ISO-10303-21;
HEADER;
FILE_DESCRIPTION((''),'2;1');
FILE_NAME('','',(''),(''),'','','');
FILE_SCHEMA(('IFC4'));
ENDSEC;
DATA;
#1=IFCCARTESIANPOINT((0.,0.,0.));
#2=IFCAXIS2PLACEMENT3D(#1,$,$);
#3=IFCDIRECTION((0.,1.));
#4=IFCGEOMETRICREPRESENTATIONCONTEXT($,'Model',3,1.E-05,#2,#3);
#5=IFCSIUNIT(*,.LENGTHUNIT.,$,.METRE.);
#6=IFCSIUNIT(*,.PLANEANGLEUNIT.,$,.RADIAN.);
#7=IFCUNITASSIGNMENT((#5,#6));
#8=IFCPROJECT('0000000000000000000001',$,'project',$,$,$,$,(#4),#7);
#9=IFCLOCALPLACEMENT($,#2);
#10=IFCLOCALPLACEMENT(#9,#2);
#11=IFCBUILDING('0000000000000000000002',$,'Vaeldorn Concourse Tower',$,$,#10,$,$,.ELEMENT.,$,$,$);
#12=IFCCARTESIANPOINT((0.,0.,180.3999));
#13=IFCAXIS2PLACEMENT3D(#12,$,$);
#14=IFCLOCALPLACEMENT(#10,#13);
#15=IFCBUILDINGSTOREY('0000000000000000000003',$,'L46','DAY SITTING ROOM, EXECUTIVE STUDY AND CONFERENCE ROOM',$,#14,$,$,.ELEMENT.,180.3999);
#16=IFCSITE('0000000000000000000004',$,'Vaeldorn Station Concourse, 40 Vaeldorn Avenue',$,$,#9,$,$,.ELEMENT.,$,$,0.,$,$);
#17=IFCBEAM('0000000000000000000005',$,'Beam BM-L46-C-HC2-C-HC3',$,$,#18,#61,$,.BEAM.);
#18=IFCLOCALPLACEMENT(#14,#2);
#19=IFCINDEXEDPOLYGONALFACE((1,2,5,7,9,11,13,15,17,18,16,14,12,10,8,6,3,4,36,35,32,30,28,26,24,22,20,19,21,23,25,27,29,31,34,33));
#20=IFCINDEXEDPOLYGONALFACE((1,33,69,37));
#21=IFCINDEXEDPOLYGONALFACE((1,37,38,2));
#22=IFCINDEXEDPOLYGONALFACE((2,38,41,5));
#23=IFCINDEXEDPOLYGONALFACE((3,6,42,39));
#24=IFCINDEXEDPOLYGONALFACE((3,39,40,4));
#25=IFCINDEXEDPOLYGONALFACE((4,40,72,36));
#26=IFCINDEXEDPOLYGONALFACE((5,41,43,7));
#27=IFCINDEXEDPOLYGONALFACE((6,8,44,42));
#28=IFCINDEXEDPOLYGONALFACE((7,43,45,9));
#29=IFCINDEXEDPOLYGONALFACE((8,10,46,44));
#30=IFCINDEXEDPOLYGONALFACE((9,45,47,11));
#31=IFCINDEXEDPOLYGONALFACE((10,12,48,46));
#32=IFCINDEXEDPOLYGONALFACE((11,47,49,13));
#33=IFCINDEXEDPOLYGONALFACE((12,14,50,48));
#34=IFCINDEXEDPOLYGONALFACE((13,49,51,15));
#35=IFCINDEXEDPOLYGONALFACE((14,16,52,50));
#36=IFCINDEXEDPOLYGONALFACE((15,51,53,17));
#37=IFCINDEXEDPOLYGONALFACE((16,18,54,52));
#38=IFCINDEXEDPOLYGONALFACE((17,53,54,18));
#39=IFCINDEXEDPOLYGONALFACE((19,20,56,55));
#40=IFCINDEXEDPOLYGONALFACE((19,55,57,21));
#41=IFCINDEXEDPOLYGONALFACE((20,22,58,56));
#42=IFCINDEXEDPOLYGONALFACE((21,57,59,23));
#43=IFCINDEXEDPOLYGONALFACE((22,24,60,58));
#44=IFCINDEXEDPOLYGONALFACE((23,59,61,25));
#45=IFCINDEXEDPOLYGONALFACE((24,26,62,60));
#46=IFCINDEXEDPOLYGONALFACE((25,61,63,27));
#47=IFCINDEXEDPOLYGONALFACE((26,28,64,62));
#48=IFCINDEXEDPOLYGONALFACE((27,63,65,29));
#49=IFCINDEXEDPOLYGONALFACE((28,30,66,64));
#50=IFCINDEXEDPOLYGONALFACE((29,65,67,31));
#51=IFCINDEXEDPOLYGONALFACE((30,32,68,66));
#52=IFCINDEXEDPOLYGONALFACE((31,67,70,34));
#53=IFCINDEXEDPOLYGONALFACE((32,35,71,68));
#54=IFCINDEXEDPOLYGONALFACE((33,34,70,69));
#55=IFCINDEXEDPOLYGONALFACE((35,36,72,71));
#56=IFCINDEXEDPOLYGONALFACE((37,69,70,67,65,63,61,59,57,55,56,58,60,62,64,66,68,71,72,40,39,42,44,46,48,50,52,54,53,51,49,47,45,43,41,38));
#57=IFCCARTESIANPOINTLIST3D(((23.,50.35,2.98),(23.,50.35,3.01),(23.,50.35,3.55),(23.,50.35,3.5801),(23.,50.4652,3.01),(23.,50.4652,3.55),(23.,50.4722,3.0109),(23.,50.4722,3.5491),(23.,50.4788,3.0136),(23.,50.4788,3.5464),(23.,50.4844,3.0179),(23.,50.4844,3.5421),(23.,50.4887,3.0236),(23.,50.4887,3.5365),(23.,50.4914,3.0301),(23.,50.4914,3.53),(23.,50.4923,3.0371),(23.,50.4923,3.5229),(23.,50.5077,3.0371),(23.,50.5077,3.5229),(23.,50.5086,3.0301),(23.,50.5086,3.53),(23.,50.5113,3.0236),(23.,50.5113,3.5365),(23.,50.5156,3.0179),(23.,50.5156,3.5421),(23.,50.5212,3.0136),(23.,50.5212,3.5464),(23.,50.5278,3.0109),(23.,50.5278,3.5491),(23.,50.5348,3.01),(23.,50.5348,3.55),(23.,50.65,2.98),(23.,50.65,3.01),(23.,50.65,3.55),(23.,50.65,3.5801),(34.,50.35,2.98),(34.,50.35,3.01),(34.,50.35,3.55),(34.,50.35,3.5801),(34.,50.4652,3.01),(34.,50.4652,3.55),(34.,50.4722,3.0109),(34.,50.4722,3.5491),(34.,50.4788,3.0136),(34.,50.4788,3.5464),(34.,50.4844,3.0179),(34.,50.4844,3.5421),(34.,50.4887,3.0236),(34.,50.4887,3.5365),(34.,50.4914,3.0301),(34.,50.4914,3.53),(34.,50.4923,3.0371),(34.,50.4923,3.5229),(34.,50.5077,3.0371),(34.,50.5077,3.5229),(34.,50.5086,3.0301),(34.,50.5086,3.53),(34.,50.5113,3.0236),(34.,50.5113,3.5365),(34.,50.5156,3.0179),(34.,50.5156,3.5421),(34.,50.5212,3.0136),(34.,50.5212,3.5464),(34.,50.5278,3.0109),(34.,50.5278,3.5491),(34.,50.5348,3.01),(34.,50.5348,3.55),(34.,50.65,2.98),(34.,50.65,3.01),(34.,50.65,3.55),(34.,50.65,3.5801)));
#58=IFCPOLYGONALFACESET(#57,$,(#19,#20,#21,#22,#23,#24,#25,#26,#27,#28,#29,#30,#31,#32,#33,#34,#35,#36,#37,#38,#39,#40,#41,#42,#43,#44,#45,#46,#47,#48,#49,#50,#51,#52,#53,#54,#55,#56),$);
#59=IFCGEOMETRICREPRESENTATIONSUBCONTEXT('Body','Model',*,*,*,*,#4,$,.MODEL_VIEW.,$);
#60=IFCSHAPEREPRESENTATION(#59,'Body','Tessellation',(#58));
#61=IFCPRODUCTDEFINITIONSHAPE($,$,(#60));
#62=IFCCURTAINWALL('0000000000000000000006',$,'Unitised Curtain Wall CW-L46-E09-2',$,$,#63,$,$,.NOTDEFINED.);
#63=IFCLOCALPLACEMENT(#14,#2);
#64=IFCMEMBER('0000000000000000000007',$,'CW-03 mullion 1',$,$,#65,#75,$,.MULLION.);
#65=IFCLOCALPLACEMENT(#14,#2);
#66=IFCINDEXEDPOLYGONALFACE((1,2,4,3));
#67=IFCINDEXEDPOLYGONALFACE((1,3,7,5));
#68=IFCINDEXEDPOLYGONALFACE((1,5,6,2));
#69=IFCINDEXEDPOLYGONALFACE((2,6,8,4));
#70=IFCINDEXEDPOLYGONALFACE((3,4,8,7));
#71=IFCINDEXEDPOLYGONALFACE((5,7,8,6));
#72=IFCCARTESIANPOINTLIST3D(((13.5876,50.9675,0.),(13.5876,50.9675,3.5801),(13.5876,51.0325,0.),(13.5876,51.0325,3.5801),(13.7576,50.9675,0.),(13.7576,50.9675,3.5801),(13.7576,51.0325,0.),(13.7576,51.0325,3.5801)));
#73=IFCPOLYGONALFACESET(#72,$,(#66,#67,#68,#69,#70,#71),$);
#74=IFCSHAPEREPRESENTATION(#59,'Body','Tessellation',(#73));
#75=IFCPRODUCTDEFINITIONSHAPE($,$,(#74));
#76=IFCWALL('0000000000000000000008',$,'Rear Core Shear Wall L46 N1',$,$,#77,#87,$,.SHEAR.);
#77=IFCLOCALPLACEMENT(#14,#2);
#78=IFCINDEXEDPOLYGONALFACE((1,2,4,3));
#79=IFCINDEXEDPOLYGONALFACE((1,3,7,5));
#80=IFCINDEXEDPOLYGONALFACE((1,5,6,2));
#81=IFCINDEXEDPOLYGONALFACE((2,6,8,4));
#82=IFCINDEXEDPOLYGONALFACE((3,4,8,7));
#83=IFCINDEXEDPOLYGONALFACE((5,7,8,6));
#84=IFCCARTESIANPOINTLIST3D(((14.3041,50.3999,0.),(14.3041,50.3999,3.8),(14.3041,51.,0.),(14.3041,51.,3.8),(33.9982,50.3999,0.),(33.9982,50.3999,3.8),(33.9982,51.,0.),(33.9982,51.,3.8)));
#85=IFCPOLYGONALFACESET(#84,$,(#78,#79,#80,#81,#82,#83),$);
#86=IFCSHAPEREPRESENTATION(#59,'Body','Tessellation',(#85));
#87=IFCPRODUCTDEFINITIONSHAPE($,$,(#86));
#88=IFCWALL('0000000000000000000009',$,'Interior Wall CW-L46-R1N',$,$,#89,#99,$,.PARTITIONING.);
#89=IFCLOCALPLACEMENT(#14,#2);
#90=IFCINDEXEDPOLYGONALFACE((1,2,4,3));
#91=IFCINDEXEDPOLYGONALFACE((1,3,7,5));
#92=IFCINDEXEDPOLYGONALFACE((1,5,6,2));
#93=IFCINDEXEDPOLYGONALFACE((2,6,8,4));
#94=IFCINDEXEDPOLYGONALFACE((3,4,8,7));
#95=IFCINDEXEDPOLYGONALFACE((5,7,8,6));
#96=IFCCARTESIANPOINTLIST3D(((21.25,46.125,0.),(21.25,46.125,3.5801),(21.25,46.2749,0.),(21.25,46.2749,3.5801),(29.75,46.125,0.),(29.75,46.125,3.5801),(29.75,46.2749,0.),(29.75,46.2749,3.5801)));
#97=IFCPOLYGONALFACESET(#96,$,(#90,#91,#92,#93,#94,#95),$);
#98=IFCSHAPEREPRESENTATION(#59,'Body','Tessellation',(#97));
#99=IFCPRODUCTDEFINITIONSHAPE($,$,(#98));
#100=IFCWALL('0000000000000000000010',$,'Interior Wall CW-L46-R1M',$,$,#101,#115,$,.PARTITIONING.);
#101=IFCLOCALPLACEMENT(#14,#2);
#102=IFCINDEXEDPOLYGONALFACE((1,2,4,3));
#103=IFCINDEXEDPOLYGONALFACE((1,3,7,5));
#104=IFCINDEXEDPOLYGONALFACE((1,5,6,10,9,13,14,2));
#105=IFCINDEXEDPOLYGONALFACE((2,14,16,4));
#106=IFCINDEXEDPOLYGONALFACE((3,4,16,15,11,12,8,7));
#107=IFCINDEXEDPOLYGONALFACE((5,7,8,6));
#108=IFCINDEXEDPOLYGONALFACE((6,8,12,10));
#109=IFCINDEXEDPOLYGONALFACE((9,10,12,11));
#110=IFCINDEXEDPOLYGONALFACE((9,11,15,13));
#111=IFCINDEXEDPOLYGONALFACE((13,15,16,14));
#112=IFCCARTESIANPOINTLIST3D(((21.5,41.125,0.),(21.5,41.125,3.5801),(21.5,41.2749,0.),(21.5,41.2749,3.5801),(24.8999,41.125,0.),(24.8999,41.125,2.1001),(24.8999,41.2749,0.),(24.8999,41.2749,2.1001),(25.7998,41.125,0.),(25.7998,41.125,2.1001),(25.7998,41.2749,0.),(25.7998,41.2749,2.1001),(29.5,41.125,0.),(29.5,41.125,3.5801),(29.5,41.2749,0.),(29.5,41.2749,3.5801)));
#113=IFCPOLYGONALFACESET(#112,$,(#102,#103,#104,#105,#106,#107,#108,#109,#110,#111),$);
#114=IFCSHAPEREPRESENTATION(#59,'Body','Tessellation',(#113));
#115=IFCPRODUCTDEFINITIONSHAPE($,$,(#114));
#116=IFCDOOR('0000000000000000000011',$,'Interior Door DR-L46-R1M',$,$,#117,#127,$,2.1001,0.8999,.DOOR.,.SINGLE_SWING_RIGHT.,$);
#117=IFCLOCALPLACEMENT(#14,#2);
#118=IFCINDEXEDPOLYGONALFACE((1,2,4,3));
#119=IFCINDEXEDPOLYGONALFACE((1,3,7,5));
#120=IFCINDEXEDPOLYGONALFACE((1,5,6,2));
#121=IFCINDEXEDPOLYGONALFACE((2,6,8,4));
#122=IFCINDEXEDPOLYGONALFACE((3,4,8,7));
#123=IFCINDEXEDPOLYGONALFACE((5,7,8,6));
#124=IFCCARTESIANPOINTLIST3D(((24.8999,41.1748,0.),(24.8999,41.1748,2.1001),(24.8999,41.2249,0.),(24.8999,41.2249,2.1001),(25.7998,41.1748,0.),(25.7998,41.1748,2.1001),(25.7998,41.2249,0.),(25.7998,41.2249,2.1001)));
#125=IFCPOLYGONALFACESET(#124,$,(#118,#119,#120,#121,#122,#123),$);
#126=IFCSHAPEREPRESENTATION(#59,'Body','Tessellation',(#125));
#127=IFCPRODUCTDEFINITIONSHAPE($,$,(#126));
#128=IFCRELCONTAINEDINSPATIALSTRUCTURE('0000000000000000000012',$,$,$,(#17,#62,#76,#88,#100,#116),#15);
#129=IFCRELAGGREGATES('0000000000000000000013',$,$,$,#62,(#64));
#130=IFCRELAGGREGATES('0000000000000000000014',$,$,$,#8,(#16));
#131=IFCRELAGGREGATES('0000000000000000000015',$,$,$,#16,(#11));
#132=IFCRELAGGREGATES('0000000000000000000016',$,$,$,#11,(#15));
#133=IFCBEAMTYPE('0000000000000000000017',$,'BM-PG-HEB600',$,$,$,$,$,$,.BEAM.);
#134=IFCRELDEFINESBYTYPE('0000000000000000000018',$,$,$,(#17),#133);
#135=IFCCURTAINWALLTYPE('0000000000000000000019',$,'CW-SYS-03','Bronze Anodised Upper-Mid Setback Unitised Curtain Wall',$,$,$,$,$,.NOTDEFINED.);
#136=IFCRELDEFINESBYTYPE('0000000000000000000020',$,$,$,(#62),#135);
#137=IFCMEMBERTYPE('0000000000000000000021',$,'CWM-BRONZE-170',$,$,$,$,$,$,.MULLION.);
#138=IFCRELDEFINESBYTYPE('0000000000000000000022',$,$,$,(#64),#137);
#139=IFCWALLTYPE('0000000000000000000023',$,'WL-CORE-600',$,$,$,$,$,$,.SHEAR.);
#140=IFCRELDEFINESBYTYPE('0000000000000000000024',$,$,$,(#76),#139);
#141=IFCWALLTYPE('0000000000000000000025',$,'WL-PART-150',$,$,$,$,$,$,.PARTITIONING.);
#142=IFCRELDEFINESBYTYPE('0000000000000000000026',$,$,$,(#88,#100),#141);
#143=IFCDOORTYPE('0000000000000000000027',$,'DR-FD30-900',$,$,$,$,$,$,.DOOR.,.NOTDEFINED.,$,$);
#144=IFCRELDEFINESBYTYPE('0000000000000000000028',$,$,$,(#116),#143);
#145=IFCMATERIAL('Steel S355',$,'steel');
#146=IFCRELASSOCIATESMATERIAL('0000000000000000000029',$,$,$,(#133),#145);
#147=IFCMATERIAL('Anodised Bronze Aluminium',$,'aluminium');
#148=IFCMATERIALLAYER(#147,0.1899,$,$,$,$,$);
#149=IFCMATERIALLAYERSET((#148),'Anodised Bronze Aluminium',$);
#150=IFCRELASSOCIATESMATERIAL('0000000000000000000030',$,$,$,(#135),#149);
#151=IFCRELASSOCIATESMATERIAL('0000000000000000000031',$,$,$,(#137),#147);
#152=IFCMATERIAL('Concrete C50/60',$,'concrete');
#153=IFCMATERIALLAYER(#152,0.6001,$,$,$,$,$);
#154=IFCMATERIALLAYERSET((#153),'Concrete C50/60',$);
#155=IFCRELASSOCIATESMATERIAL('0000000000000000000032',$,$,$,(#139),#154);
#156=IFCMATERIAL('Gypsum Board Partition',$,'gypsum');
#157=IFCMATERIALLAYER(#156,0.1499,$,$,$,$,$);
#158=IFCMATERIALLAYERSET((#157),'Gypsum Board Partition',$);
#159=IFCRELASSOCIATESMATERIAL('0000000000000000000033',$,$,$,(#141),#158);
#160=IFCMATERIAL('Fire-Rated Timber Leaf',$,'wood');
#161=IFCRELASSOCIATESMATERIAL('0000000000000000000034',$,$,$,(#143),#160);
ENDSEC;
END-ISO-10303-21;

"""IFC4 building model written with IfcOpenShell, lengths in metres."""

from ifc_helpers import new_model, si_unit, direction, frame, frame_2d, origin, origin_2d, place, context, subcontext, project, spatial, rectangle, i_section, extrude, source, transform, mapped, material, layer, layer_set, material_profile, profile_set, type_object, element, fill, aggregate, save


model = new_model("IFC4")

# Units and contexts
model_context = context("Model", 3, precision=1e-05, world=origin(), true_north=direction((0.0, 1.0)))
body_context = subcontext(model_context, "Body", "Model", "MODEL_VIEW")
ifc_project = project(units=[si_unit("LENGTHUNIT", "METRE"), si_unit("PLANEANGLEUNIT", "RADIAN")], contexts=[model_context])

# Site, building, storey
site_placement = place(None, origin())
site = spatial("IfcSite", under=ifc_project, at=site_placement, Name="Vaeldorn Station Concourse, 40 Vaeldorn Avenue", CompositionType="ELEMENT", RefElevation=0.0)
building_placement = place(site_placement, origin())
building = spatial("IfcBuilding", under=site, at=building_placement, Name="Vaeldorn Concourse Tower", CompositionType="ELEMENT")
storey_placement = place(building_placement, frame((0.0, 0.0, 180.3999)))
storey = spatial("IfcBuildingStorey", under=building, at=storey_placement, Name="L46", Description="DAY SITTING ROOM, EXECUTIVE STUDY AND CONFERENCE ROOM", CompositionType="ELEMENT", Elevation=180.3999)

# Beam
ifc_material_1 = material(Name="Steel S355", Category="steel")
ifc_material_profile_1 = material_profile(ifc_material_1, i_section(OverallWidth=0.3, OverallDepth=0.6001, WebThickness=0.0154, FlangeThickness=0.03, FilletRadius=0.0271, at=origin_2d()), Name="HEB 600")
ifc_profile_set_1 = profile_set([ifc_material_profile_1], Name="Steel S355")
beam_type_1 = type_object("IfcBeamType", Name="BM-PG-HEB600", PredefinedType="BEAM", material=ifc_profile_set_1)
shared_shape_1 = source(origin(), body_context, "Body", "SweptSolid", [
    extrude(i_section(OverallWidth=0.3, OverallDepth=0.6001, WebThickness=0.0154, FlangeThickness=0.03, FilletRadius=0.0271, at=origin_2d()), origin(), (0.0, 0.0, 1.0), 11.0),
])
beam_1_placement = place(storey_placement, frame((23.0, 50.5, 3.28), z_axis=(1.0, 0.0, 0.0), x_axis=(0.0, 1.0, 0.0)))
element("IfcBeam", 1, at=beam_1_placement, inside=storey, type_object=beam_type_1, Name="Beam BM-L46-C-HC2-C-HC3", PredefinedType="BEAM", context=body_context, shape_type="MappedRepresentation", body=[
    mapped(shared_shape_1, transform((0.0, 0.0, 0.0), scale=1.0)),
])

# Curtain wall, member
ifc_material_2 = material(Name="Anodised Bronze Aluminium", Category="aluminium")
ifc_layer_1 = layer(ifc_material_2, 0.1899)
ifc_layer_set_1 = layer_set([ifc_layer_1], Name="Anodised Bronze Aluminium")
curtain_wall_type = type_object("IfcCurtainWallType", Name="CW-SYS-03", Description="Bronze Anodised Upper-Mid Setback Unitised Curtain Wall", PredefinedType="NOTDEFINED", material=ifc_layer_set_1)
curtain_wall_placement = place(storey_placement, origin())
curtain_wall = element("IfcCurtainWall", 2, at=curtain_wall_placement, inside=storey, type_object=curtain_wall_type, Name="Unitised Curtain Wall CW-L46-E09-2", PredefinedType="NOTDEFINED")
ifc_material_profile_2 = material_profile(ifc_material_2, rectangle(XDim=0.0649, YDim=0.1699, at=origin_2d()), Name="CWM 65x170")
ifc_profile_set_2 = profile_set([ifc_material_profile_2], Name="Anodised Bronze Aluminium")
member_type = type_object("IfcMemberType", Name="CWM-BRONZE-170", PredefinedType="MULLION", material=ifc_profile_set_2)
shared_shape_2 = source(origin(), body_context, "Body", "SweptSolid", [
    extrude(rectangle(XDim=0.0649, YDim=0.1699, at=origin_2d()), origin(), (0.0, 0.0, 1.0), 3.5801),
])
member_placement = place(storey_placement, frame((13.6726, 51.0, 0.0), z_axis=(0.0, 0.0, 1.0), x_axis=(0.0, -1.0, 0.0)))
member = element("IfcMember", 3, at=member_placement, type_object=member_type, Name="CW-03 mullion 1", PredefinedType="MULLION", context=body_context, shape_type="MappedRepresentation", body=[
    mapped(shared_shape_2, transform((0.0, 0.0, 0.0), scale=1.0)),
])
aggregate(curtain_wall, [member])

# Walls
ifc_material_3 = material(Name="Concrete C50/60", Category="concrete")
ifc_layer_2 = layer(ifc_material_3, 0.6001)
ifc_layer_set_2 = layer_set([ifc_layer_2], Name="Concrete C50/60")
wall_type_1 = type_object("IfcWallType", Name="WL-CORE-600", PredefinedType="SHEAR", material=ifc_layer_set_2)
wall_1_placement = place(storey_placement, frame((14.304, 50.7, 0.0), z_axis=(0.0, 0.0, 1.0), x_axis=(1.0, 0.0, 0.0)))
element("IfcWall", 4, at=wall_1_placement, inside=storey, type_object=wall_type_1, Name="Rear Core Shear Wall L46 N1", PredefinedType="SHEAR", context=body_context, shape_type="SweptSolid", body=[
    extrude(rectangle(XDim=19.6941, YDim=0.6001, at=frame_2d((9.8472, 0.0))), origin(), (0.0, 0.0, 1.0), 3.8),
])
ifc_material_4 = material(Name="Gypsum Board Partition", Category="gypsum")
ifc_layer_3 = layer(ifc_material_4, 0.1499)
ifc_layer_set_3 = layer_set([ifc_layer_3], Name="Gypsum Board Partition")
wall_type_2 = type_object("IfcWallType", Name="WL-PART-150", PredefinedType="PARTITIONING", material=ifc_layer_set_3)
wall_2_placement = place(storey_placement, frame((21.25, 46.2, 0.0), z_axis=(0.0, 0.0, 1.0), x_axis=(1.0, 0.0, 0.0)))
element("IfcWall", 5, at=wall_2_placement, inside=storey, type_object=wall_type_2, Name="Interior Wall CW-L46-R1N", PredefinedType="PARTITIONING", context=body_context, shape_type="SweptSolid", body=[
    extrude(rectangle(XDim=8.5, YDim=0.1499, at=frame_2d((4.25, 0.0))), origin(), (0.0, 0.0, 1.0), 3.5801),
])

# Wall, opening, door
wall_3_placement = place(storey_placement, frame((21.5, 41.2, 0.0), z_axis=(0.0, 0.0, 1.0), x_axis=(1.0, 0.0, 0.0)))
wall_3 = element("IfcWall", 6, at=wall_3_placement, inside=storey, type_object=wall_type_2, Name="Interior Wall CW-L46-R1M", PredefinedType="PARTITIONING", context=body_context, shape_type="SweptSolid", body=[
    extrude(rectangle(XDim=8.0, YDim=0.1499, at=frame_2d((4.0, 0.0))), origin(), (0.0, 0.0, 1.0), 3.5801),
])
opening_1_placement = place(wall_3_placement, frame((3.3999, 0.0, 0.0)))
opening_1 = element("IfcOpeningElement", 7, at=opening_1_placement, cuts=wall_3, PredefinedType="OPENING", context=body_context, shape_type="SweptSolid", body=[
    extrude(rectangle(XDim=0.8999, YDim=2.1001, at=frame_2d((0.45, 1.05))), frame((0.0, 0.085, 0.0), z_axis=(0.0, -1.0, 0.0), x_axis=(1.0, 0.0, 0.0)), (0.0, 0.0, 1.0), 0.1699),
])
ifc_material_5 = material(Name="Fire-Rated Timber Leaf", Category="wood")
door_type_1 = type_object("IfcDoorType", Name="DR-FD30-900", OperationType="NOTDEFINED", PredefinedType="DOOR", material=ifc_material_5)
shared_shape_3 = source(origin(), body_context, "Body", "SweptSolid", [
    extrude(rectangle(XDim=0.8999, YDim=2.1001, at=frame_2d((0.45, 1.05))), frame((0.0, 0.0249, 0.0), z_axis=(0.0, -1.0, 0.0), x_axis=(1.0, 0.0, 0.0)), (0.0, 0.0, 1.0), 0.05),
])
door_1_placement = place(opening_1_placement, origin())
door_1 = element("IfcDoor", 8, at=door_1_placement, inside=storey, type_object=door_type_1, Name="Interior Door DR-L46-R1M", OperationType="SINGLE_SWING_RIGHT", OverallHeight=2.1001, OverallWidth=0.8999, PredefinedType="DOOR", context=body_context, shape_type="MappedRepresentation", body=[
    mapped(shared_shape_3, transform((0.0, 0.0, 0.0), scale=1.0)),
])
fill(opening_1, door_1)

save(model, "model.ifc")
